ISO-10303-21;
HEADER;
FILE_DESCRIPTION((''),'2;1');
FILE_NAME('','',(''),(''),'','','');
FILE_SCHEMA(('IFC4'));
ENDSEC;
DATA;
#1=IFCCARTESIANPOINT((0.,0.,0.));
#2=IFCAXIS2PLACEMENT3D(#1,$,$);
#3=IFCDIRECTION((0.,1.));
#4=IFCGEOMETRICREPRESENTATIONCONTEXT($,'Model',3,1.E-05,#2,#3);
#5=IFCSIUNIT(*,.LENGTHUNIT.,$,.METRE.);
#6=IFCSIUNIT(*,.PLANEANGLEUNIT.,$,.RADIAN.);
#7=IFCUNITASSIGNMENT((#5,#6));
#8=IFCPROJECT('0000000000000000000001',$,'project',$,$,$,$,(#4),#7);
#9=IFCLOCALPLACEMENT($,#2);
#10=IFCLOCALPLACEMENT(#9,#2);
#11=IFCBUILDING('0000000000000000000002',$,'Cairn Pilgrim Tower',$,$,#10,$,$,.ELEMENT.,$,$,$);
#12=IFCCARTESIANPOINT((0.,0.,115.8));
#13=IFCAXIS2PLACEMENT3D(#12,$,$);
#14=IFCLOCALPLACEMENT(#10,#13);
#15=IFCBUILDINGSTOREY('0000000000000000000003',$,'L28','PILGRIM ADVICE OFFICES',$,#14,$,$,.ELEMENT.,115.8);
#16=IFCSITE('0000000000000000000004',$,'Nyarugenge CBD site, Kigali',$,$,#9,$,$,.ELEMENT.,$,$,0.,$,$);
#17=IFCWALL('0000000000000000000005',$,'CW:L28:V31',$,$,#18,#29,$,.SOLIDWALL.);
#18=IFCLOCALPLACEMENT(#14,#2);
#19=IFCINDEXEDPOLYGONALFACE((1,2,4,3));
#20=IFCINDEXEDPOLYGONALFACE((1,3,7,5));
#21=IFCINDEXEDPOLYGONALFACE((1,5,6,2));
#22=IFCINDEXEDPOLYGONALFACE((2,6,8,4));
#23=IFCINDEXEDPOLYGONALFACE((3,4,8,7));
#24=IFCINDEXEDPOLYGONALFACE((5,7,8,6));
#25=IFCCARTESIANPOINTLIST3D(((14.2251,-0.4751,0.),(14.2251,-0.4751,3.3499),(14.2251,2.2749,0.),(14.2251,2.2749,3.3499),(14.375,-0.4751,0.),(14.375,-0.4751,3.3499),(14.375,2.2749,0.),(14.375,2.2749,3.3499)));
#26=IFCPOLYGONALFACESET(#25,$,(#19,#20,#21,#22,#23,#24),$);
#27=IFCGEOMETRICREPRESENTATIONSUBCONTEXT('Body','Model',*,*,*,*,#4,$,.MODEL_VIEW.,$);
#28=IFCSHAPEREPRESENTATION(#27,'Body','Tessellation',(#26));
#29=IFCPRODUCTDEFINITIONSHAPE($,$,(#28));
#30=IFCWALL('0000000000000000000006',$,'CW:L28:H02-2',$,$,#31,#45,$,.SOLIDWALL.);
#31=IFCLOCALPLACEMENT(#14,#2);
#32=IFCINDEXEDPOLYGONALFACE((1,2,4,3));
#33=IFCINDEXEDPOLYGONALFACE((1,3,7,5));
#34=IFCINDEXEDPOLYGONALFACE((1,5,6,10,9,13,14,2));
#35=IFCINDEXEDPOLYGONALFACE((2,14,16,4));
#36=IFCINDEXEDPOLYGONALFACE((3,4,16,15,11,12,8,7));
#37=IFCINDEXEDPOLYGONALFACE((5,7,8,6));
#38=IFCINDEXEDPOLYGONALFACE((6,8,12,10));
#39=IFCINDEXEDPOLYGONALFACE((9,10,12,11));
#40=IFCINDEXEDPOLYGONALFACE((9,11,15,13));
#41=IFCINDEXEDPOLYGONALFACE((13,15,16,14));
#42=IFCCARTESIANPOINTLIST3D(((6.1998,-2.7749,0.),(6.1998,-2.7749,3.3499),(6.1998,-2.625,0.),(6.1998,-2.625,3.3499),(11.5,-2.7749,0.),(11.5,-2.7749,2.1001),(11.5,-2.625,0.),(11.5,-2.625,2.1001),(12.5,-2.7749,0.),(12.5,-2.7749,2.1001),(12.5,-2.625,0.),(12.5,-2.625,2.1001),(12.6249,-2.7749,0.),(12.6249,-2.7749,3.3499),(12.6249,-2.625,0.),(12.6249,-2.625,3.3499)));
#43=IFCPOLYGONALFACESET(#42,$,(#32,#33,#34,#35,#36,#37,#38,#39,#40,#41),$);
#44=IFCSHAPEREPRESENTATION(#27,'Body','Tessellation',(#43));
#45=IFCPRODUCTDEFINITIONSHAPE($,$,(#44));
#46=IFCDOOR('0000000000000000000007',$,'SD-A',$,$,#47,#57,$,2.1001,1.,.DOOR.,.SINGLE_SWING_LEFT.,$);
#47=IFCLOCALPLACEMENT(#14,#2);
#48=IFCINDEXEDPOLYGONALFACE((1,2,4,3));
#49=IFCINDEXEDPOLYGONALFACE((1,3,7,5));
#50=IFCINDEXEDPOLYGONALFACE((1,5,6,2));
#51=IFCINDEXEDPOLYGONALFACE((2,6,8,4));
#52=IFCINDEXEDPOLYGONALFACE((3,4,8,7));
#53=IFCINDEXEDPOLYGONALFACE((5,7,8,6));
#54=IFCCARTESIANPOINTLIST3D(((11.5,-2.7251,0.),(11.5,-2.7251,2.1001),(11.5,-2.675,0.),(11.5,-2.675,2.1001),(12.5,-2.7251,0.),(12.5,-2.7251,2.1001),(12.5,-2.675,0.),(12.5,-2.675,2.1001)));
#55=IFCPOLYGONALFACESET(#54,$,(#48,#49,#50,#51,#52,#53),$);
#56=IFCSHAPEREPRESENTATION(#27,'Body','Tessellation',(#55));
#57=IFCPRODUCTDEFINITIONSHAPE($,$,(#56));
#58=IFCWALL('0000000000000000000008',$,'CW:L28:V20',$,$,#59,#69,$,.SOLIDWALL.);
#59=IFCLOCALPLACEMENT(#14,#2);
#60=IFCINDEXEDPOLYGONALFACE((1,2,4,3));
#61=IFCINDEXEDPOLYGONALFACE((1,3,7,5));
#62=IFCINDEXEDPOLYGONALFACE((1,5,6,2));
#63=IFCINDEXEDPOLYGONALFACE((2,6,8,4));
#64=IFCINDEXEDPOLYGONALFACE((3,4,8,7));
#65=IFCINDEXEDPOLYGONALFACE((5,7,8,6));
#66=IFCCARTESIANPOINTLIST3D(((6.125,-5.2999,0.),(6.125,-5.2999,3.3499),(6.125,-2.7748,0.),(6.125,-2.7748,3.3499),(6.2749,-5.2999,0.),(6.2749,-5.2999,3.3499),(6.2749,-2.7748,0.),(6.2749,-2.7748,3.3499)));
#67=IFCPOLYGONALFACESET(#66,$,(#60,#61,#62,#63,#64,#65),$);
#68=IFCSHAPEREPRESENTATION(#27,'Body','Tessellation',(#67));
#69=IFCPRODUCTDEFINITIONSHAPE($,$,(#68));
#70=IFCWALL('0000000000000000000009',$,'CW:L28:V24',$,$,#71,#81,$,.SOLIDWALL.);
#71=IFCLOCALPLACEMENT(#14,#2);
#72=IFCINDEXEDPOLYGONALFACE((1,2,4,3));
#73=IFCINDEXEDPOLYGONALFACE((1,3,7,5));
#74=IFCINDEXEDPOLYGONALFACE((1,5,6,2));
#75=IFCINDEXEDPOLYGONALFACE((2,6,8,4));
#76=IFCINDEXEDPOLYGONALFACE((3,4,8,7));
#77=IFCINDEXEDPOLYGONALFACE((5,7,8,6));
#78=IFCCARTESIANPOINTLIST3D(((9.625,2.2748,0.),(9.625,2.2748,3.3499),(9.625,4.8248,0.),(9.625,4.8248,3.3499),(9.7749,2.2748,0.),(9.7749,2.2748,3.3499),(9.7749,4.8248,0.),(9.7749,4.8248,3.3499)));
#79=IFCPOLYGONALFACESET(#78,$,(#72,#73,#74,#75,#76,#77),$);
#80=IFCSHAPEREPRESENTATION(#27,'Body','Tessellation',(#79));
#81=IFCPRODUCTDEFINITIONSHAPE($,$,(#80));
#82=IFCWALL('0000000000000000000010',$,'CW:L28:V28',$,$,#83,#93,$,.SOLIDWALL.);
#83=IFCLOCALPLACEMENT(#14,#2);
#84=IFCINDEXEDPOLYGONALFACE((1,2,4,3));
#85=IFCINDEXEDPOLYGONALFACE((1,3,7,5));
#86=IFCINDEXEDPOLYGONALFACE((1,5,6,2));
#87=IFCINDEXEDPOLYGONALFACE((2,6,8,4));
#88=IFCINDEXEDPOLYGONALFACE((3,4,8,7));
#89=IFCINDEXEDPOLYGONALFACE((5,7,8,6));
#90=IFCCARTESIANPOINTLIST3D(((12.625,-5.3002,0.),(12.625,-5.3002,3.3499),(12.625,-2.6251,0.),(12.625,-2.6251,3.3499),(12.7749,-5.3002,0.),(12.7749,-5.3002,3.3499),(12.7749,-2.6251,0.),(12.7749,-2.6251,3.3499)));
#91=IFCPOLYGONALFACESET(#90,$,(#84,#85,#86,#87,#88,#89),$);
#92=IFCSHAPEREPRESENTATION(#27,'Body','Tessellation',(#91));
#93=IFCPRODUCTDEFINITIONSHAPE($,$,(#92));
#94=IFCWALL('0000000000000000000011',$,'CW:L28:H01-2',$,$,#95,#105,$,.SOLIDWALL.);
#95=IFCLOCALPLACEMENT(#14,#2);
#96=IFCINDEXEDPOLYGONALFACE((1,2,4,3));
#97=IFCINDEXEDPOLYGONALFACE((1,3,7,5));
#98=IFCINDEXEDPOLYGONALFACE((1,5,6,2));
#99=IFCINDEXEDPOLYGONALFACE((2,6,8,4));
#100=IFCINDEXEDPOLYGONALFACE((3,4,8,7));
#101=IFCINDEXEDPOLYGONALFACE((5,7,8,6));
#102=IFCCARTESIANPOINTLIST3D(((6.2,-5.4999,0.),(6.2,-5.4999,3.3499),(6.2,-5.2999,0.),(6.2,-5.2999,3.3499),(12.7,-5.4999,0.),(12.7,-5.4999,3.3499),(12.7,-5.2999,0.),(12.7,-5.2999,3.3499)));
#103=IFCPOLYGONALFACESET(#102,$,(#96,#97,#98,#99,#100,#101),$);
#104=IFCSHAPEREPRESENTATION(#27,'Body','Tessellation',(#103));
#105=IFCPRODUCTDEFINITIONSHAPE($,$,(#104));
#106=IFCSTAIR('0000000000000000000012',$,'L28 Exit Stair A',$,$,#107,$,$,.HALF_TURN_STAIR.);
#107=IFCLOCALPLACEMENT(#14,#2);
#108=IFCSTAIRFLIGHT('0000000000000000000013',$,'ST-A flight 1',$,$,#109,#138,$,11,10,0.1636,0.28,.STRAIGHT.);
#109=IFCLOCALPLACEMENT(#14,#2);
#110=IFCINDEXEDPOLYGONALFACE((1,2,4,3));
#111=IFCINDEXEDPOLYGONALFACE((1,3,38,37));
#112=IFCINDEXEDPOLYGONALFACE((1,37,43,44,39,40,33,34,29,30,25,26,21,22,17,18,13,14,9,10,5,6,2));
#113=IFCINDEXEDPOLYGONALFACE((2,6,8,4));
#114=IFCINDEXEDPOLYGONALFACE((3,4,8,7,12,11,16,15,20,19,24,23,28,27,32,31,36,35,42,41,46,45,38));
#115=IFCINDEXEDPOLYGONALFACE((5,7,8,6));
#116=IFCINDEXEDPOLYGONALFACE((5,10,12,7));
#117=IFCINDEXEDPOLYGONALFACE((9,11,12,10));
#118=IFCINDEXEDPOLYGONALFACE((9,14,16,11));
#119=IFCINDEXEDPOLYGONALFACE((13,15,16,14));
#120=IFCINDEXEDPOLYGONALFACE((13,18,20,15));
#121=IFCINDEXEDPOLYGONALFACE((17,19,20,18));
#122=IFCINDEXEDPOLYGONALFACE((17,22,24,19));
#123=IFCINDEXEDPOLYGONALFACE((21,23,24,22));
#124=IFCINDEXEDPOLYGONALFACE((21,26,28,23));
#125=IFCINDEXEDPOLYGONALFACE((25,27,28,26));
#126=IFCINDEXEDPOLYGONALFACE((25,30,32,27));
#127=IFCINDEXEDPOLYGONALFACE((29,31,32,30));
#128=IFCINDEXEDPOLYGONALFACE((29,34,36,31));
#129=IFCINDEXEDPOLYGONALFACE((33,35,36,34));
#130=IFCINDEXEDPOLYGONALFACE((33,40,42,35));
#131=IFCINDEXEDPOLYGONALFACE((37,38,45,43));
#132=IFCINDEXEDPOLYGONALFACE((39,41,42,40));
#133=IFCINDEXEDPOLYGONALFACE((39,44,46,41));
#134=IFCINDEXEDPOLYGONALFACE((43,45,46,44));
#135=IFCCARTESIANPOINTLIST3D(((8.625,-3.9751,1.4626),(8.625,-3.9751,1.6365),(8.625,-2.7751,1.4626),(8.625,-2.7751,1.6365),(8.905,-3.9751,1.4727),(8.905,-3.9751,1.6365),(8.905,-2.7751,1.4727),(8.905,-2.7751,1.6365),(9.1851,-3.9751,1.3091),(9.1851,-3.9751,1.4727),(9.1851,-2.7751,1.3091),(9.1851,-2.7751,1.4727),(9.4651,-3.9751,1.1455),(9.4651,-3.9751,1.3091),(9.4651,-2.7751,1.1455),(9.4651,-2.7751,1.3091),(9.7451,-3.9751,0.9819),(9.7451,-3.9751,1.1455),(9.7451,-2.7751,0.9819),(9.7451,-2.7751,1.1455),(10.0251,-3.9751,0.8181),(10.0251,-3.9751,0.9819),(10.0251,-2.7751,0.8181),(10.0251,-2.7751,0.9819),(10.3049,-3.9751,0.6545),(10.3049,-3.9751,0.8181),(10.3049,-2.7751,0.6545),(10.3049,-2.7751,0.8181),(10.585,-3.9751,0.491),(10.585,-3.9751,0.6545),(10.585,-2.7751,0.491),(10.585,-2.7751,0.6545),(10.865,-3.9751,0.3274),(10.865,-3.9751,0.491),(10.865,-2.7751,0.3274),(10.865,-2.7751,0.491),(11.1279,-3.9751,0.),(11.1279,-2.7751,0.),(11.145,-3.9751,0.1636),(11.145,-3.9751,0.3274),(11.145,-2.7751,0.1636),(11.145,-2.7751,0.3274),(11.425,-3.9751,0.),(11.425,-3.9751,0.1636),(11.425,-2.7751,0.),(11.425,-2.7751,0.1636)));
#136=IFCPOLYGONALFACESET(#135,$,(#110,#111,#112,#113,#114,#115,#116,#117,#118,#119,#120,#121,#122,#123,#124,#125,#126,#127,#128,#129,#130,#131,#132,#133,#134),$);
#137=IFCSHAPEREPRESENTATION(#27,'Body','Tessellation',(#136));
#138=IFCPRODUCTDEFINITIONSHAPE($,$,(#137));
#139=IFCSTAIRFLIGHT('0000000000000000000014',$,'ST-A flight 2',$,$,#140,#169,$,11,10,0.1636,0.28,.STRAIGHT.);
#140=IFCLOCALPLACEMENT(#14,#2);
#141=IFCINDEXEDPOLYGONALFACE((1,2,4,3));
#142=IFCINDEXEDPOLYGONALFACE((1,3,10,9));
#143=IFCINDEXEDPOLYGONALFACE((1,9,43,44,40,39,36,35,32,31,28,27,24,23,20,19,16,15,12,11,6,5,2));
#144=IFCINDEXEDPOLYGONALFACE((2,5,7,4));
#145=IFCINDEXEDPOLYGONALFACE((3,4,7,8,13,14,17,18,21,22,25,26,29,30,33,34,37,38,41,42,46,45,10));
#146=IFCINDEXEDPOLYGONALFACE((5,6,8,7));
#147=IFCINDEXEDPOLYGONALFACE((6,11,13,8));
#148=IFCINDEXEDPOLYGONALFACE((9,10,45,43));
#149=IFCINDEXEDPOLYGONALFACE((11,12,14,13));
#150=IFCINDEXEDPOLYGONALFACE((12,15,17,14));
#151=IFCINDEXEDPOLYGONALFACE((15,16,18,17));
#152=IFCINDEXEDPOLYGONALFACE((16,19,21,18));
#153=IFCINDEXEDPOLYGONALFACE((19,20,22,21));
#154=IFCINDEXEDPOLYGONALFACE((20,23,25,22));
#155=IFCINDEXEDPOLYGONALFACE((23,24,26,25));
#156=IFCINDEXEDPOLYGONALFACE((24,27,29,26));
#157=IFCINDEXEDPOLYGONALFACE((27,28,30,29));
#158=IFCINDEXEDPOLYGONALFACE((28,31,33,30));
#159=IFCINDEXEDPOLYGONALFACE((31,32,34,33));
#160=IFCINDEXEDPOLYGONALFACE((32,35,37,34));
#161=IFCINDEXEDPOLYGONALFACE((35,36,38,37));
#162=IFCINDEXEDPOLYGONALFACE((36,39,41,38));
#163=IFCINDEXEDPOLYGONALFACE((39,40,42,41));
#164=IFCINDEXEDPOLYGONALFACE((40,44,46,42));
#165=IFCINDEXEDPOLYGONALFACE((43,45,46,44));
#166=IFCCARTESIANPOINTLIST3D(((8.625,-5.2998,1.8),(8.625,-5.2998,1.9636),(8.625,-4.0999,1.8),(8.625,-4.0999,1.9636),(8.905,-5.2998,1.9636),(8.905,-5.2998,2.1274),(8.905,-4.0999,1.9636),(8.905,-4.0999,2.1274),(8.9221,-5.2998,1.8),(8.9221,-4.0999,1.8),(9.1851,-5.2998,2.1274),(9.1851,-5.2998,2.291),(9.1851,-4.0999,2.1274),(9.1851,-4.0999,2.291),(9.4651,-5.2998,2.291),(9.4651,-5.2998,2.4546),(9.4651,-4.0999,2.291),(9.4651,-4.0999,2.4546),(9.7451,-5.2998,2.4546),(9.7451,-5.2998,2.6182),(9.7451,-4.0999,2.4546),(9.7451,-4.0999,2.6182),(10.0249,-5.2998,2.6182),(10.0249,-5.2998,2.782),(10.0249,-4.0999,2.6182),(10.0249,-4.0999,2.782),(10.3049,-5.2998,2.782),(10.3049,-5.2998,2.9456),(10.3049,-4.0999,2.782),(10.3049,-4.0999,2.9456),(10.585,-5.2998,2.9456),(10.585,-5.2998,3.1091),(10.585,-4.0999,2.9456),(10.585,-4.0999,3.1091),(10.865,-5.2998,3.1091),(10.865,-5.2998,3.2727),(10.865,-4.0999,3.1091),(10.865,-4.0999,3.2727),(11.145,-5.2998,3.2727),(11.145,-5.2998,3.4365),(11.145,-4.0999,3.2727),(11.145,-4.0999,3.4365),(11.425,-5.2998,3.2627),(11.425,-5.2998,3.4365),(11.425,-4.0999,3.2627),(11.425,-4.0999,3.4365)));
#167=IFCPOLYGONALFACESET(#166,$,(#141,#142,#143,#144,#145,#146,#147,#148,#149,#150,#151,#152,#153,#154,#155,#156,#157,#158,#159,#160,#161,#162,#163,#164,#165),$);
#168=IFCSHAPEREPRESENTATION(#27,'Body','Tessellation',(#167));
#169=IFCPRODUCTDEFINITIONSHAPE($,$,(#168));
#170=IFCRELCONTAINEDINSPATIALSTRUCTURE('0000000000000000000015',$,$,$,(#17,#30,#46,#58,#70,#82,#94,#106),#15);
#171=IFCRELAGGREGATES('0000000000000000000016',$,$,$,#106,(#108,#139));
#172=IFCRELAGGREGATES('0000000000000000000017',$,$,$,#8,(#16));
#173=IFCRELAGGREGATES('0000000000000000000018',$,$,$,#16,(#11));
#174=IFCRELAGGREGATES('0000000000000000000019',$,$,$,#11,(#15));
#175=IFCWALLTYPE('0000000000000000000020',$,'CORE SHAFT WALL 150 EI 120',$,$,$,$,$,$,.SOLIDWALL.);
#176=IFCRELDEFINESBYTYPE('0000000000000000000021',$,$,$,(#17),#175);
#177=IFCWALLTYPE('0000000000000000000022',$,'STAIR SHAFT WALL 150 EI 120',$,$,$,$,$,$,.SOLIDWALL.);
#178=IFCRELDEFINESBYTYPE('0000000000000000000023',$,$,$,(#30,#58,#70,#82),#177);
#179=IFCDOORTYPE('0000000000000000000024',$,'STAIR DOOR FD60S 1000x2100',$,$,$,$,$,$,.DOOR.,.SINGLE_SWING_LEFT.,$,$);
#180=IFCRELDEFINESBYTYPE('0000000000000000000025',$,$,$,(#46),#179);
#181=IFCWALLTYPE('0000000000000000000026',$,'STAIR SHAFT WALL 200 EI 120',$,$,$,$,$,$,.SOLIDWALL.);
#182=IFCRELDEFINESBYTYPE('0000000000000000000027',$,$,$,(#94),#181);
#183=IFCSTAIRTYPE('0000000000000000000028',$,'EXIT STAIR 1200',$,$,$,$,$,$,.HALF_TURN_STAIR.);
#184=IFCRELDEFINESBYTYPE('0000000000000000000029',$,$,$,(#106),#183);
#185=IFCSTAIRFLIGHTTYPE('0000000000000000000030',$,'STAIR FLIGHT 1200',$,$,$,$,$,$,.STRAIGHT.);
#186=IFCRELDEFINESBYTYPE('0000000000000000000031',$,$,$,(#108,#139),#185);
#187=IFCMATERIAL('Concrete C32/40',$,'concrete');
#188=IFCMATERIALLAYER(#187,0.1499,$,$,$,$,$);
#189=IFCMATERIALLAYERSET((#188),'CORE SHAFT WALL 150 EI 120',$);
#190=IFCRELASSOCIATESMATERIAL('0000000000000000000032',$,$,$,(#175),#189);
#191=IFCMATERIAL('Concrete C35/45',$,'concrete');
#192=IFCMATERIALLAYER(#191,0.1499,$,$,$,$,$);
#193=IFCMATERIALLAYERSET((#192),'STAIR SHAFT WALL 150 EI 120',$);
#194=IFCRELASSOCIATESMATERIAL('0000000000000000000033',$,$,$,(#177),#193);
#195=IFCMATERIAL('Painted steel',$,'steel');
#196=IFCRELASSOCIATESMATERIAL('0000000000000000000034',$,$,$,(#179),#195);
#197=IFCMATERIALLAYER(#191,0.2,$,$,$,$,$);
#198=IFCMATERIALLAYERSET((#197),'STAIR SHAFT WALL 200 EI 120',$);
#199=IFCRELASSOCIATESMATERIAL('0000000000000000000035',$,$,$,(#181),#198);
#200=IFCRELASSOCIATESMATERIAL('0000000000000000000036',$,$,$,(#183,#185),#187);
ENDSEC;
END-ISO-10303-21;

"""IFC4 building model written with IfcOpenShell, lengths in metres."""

from ifc_helpers import new_model, si_unit, direction, frame, frame_2d, origin, place, context, subcontext, project, spatial, polyline, rectangle, outline, extrude, material, layer, layer_set, type_object, element, fill, aggregate, save


model = new_model("IFC4")

# Units and contexts
model_context = context("Model", 3, precision=1e-05, world=origin(), true_north=direction((0.0, 1.0)))
body_context = subcontext(model_context, "Body", "Model", "MODEL_VIEW")
ifc_project = project(units=[si_unit("LENGTHUNIT", "METRE"), si_unit("PLANEANGLEUNIT", "RADIAN")], contexts=[model_context])

# Site, building, storey
site_placement = place(None, origin())
site = spatial("IfcSite", under=ifc_project, at=site_placement, Name="Nyarugenge CBD site, Kigali", CompositionType="ELEMENT", RefElevation=0.0)
building_placement = place(site_placement, origin())
building = spatial("IfcBuilding", under=site, at=building_placement, Name="Cairn Pilgrim Tower", CompositionType="ELEMENT")
storey_placement = place(building_placement, frame((0.0, 0.0, 115.8)))
storey = spatial("IfcBuildingStorey", under=building, at=storey_placement, Name="L28", Description="PILGRIM ADVICE OFFICES", CompositionType="ELEMENT", Elevation=115.8)

# Shared definitions
ifc_material_1 = material(Name="Concrete C32/40", Category="concrete")

# Shared definitions
ifc_material_2 = material(Name="Painted steel", Category="steel")

# Wall
ifc_layer_1 = layer(ifc_material_1, 0.1499)
ifc_layer_set_1 = layer_set([ifc_layer_1], Name="CORE SHAFT WALL 150 EI 120")
wall_type_1 = type_object("IfcWallType", Name="CORE SHAFT WALL 150 EI 120", PredefinedType="SOLIDWALL", material=ifc_layer_set_1)
wall_1_placement = place(storey_placement, frame((14.3, -0.4751, 0.0), z_axis=(0.0, 0.0, 1.0), x_axis=(0.0, 1.0, 0.0)))
element("IfcWall", 1, at=wall_1_placement, inside=storey, type_object=wall_type_1, Name="CW:L28:V31", PredefinedType="SOLIDWALL", context=body_context, shape_type="SweptSolid", body=[
    extrude(rectangle(XDim=2.75, YDim=0.1499, at=frame_2d((1.375, 0.0))), origin(), (0.0, 0.0, 1.0), 3.3499),
])

# Wall, opening, door
ifc_material_3 = material(Name="Concrete C35/45", Category="concrete")
ifc_layer_2 = layer(ifc_material_3, 0.1499)
ifc_layer_set_2 = layer_set([ifc_layer_2], Name="STAIR SHAFT WALL 150 EI 120")
wall_type_2 = type_object("IfcWallType", Name="STAIR SHAFT WALL 150 EI 120", PredefinedType="SOLIDWALL", material=ifc_layer_set_2)
wall_2_placement = place(storey_placement, frame((6.2, -2.7, 0.0), z_axis=(0.0, 0.0, 1.0), x_axis=(1.0, 0.0, 0.0)))
wall_2 = element("IfcWall", 2, at=wall_2_placement, inside=storey, type_object=wall_type_2, Name="CW:L28:H02-2", PredefinedType="SOLIDWALL", context=body_context, shape_type="SweptSolid", body=[
    extrude(rectangle(XDim=6.425, YDim=0.1499, at=frame_2d((3.2124, 0.0))), origin(), (0.0, 0.0, 1.0), 3.3499),
])
opening_1_placement = place(wall_2_placement, frame((5.3, 0.0, 0.0)))
opening_1 = element("IfcOpeningElement", 3, at=opening_1_placement, cuts=wall_2, PredefinedType="OPENING", context=body_context, shape_type="SweptSolid", body=[
    extrude(rectangle(XDim=1.0, YDim=2.1001, at=frame_2d((0.5, 1.05))), frame((0.0, 0.085, 0.0), z_axis=(0.0, -1.0, 0.0), x_axis=(1.0, 0.0, 0.0)), (0.0, 0.0, 1.0), 0.1699),
])
door_type_1 = type_object("IfcDoorType", Name="STAIR DOOR FD60S 1000x2100", OperationType="SINGLE_SWING_LEFT", PredefinedType="DOOR", material=ifc_material_2)
door_1_placement = place(opening_1_placement, origin())
door_1 = element("IfcDoor", 4, at=door_1_placement, inside=storey, type_object=door_type_1, Name="SD-A", OperationType="SINGLE_SWING_LEFT", OverallHeight=2.1001, OverallWidth=1.0, PredefinedType="DOOR", context=body_context, shape_type="SweptSolid", body=[
    extrude(rectangle(XDim=1.0, YDim=2.1001, at=frame_2d((0.5, 1.05))), frame((0.0, 0.0249, 0.0), z_axis=(0.0, -1.0, 0.0), x_axis=(1.0, 0.0, 0.0)), (0.0, 0.0, 1.0), 0.05),
])
fill(opening_1, door_1)

# Walls
wall_3_placement = place(storey_placement, frame((6.2, -5.3, 0.0), z_axis=(0.0, 0.0, 1.0), x_axis=(0.0, 1.0, 0.0)))
element("IfcWall", 5, at=wall_3_placement, inside=storey, type_object=wall_type_2, Name="CW:L28:V20", PredefinedType="SOLIDWALL", context=body_context, shape_type="SweptSolid", body=[
    extrude(rectangle(XDim=2.5251, YDim=0.1499, at=frame_2d((1.2627, 0.0))), origin(), (0.0, 0.0, 1.0), 3.3499),
])
wall_4_placement = place(storey_placement, frame((9.7, 2.2749, 0.0), z_axis=(0.0, 0.0, 1.0), x_axis=(0.0, 1.0, 0.0)))
element("IfcWall", 6, at=wall_4_placement, inside=storey, type_object=wall_type_2, Name="CW:L28:V24", PredefinedType="SOLIDWALL", context=body_context, shape_type="SweptSolid", body=[
    extrude(rectangle(XDim=2.55, YDim=0.1499, at=frame_2d((1.2749, 0.0))), origin(), (0.0, 0.0, 1.0), 3.3499),
])
wall_5_placement = place(storey_placement, frame((12.7, -5.3, 0.0), z_axis=(0.0, 0.0, 1.0), x_axis=(0.0, 1.0, 0.0)))
element("IfcWall", 7, at=wall_5_placement, inside=storey, type_object=wall_type_2, Name="CW:L28:V28", PredefinedType="SOLIDWALL", context=body_context, shape_type="SweptSolid", body=[
    extrude(rectangle(XDim=2.675, YDim=0.1499, at=frame_2d((1.3374, 0.0))), origin(), (0.0, 0.0, 1.0), 3.3499),
])
ifc_layer_3 = layer(ifc_material_3, 0.2)
ifc_layer_set_3 = layer_set([ifc_layer_3], Name="STAIR SHAFT WALL 200 EI 120")
wall_type_3 = type_object("IfcWallType", Name="STAIR SHAFT WALL 200 EI 120", PredefinedType="SOLIDWALL", material=ifc_layer_set_3)
wall_6_placement = place(storey_placement, frame((6.2, -5.3999, 0.0), z_axis=(0.0, 0.0, 1.0), x_axis=(1.0, 0.0, 0.0)))
element("IfcWall", 8, at=wall_6_placement, inside=storey, type_object=wall_type_3, Name="CW:L28:H01-2", PredefinedType="SOLIDWALL", context=body_context, shape_type="SweptSolid", body=[
    extrude(rectangle(XDim=6.5, YDim=0.2, at=frame_2d((3.25, 0.0))), origin(), (0.0, 0.0, 1.0), 3.3499),
])

# Stair, stair flights
stair_type = type_object("IfcStairType", Name="EXIT STAIR 1200", PredefinedType="HALF_TURN_STAIR", material=ifc_material_1)
stair_placement = place(storey_placement, origin())
stair = element("IfcStair", 9, at=stair_placement, inside=storey, type_object=stair_type, Name="L28 Exit Stair A", PredefinedType="HALF_TURN_STAIR")
stair_flight_type = type_object("IfcStairFlightType", Name="STAIR FLIGHT 1200", PredefinedType="STRAIGHT", material=ifc_material_1)
stair_flight_1_placement = place(storey_placement, frame((11.425, -3.375, 0.0), z_axis=(0.0, 0.0, 1.0), x_axis=(-1.0, 0.0, 0.0)))
stair_flight_1 = element("IfcStairFlight", 10, at=stair_flight_1_placement, type_object=stair_flight_type, Name="ST-A flight 1", NumberOfRisers=11, NumberOfTreads=10, PredefinedType="STRAIGHT", RiserHeight=0.1636, TreadLength=0.28, context=body_context, shape_type="SweptSolid", body=[
    extrude(outline(polyline([(0.0, 0.0), (0.0, 0.1636), (0.28, 0.1636), (0.28, 0.3274), (0.5601, 0.3274), (0.5601, 0.491), (0.8401, 0.491), (0.8401, 0.6545), (1.1201, 0.6545), (1.1201, 0.8181), (1.3999, 0.8181), (1.3999, 0.9819), (1.6799, 0.9819), (1.6799, 1.1455), (1.96, 1.1455), (1.96, 1.3091), (2.24, 1.3091), (2.24, 1.4727), (2.52, 1.4727), (2.52, 1.6365), (2.8, 1.6365), (2.8, 1.8), (2.8, 1.4626), (0.2971, 0.0), (0.0, 0.0)])), frame((0.0, 0.6001, 0.0), z_axis=(0.0, -1.0, 0.0), x_axis=(1.0, 0.0, 0.0)), (0.0, 0.0, 1.0), 1.2),
])
stair_flight_2_placement = place(storey_placement, frame((8.625, -4.7, 1.8), z_axis=(0.0, 0.0, 1.0), x_axis=(1.0, 0.0, 0.0)))
stair_flight_2 = element("IfcStairFlight", 11, at=stair_flight_2_placement, type_object=stair_flight_type, Name="ST-A flight 2", NumberOfRisers=11, NumberOfTreads=10, PredefinedType="STRAIGHT", RiserHeight=0.1636, TreadLength=0.28, context=body_context, shape_type="SweptSolid", body=[
    extrude(outline(polyline([(0.0, 0.0), (0.0, 0.1636), (0.28, 0.1636), (0.28, 0.3274), (0.5601, 0.3274), (0.5601, 0.491), (0.8401, 0.491), (0.8401, 0.6545), (1.1201, 0.6545), (1.1201, 0.8181), (1.3999, 0.8181), (1.3999, 0.9819), (1.6799, 0.9819), (1.6799, 1.1455), (1.96, 1.1455), (1.96, 1.3091), (2.24, 1.3091), (2.24, 1.4727), (2.52, 1.4727), (2.52, 1.6365), (2.8, 1.6365), (2.8, 1.8), (2.8, 1.4626), (0.2971, 0.0), (0.0, 0.0)])), frame((0.0, 0.6001, 0.0), z_axis=(0.0, -1.0, 0.0), x_axis=(1.0, 0.0, 0.0)), (0.0, 0.0, 1.0), 1.2),
])
aggregate(stair, [stair_flight_1, stair_flight_2])

save(model, "model.ifc")
